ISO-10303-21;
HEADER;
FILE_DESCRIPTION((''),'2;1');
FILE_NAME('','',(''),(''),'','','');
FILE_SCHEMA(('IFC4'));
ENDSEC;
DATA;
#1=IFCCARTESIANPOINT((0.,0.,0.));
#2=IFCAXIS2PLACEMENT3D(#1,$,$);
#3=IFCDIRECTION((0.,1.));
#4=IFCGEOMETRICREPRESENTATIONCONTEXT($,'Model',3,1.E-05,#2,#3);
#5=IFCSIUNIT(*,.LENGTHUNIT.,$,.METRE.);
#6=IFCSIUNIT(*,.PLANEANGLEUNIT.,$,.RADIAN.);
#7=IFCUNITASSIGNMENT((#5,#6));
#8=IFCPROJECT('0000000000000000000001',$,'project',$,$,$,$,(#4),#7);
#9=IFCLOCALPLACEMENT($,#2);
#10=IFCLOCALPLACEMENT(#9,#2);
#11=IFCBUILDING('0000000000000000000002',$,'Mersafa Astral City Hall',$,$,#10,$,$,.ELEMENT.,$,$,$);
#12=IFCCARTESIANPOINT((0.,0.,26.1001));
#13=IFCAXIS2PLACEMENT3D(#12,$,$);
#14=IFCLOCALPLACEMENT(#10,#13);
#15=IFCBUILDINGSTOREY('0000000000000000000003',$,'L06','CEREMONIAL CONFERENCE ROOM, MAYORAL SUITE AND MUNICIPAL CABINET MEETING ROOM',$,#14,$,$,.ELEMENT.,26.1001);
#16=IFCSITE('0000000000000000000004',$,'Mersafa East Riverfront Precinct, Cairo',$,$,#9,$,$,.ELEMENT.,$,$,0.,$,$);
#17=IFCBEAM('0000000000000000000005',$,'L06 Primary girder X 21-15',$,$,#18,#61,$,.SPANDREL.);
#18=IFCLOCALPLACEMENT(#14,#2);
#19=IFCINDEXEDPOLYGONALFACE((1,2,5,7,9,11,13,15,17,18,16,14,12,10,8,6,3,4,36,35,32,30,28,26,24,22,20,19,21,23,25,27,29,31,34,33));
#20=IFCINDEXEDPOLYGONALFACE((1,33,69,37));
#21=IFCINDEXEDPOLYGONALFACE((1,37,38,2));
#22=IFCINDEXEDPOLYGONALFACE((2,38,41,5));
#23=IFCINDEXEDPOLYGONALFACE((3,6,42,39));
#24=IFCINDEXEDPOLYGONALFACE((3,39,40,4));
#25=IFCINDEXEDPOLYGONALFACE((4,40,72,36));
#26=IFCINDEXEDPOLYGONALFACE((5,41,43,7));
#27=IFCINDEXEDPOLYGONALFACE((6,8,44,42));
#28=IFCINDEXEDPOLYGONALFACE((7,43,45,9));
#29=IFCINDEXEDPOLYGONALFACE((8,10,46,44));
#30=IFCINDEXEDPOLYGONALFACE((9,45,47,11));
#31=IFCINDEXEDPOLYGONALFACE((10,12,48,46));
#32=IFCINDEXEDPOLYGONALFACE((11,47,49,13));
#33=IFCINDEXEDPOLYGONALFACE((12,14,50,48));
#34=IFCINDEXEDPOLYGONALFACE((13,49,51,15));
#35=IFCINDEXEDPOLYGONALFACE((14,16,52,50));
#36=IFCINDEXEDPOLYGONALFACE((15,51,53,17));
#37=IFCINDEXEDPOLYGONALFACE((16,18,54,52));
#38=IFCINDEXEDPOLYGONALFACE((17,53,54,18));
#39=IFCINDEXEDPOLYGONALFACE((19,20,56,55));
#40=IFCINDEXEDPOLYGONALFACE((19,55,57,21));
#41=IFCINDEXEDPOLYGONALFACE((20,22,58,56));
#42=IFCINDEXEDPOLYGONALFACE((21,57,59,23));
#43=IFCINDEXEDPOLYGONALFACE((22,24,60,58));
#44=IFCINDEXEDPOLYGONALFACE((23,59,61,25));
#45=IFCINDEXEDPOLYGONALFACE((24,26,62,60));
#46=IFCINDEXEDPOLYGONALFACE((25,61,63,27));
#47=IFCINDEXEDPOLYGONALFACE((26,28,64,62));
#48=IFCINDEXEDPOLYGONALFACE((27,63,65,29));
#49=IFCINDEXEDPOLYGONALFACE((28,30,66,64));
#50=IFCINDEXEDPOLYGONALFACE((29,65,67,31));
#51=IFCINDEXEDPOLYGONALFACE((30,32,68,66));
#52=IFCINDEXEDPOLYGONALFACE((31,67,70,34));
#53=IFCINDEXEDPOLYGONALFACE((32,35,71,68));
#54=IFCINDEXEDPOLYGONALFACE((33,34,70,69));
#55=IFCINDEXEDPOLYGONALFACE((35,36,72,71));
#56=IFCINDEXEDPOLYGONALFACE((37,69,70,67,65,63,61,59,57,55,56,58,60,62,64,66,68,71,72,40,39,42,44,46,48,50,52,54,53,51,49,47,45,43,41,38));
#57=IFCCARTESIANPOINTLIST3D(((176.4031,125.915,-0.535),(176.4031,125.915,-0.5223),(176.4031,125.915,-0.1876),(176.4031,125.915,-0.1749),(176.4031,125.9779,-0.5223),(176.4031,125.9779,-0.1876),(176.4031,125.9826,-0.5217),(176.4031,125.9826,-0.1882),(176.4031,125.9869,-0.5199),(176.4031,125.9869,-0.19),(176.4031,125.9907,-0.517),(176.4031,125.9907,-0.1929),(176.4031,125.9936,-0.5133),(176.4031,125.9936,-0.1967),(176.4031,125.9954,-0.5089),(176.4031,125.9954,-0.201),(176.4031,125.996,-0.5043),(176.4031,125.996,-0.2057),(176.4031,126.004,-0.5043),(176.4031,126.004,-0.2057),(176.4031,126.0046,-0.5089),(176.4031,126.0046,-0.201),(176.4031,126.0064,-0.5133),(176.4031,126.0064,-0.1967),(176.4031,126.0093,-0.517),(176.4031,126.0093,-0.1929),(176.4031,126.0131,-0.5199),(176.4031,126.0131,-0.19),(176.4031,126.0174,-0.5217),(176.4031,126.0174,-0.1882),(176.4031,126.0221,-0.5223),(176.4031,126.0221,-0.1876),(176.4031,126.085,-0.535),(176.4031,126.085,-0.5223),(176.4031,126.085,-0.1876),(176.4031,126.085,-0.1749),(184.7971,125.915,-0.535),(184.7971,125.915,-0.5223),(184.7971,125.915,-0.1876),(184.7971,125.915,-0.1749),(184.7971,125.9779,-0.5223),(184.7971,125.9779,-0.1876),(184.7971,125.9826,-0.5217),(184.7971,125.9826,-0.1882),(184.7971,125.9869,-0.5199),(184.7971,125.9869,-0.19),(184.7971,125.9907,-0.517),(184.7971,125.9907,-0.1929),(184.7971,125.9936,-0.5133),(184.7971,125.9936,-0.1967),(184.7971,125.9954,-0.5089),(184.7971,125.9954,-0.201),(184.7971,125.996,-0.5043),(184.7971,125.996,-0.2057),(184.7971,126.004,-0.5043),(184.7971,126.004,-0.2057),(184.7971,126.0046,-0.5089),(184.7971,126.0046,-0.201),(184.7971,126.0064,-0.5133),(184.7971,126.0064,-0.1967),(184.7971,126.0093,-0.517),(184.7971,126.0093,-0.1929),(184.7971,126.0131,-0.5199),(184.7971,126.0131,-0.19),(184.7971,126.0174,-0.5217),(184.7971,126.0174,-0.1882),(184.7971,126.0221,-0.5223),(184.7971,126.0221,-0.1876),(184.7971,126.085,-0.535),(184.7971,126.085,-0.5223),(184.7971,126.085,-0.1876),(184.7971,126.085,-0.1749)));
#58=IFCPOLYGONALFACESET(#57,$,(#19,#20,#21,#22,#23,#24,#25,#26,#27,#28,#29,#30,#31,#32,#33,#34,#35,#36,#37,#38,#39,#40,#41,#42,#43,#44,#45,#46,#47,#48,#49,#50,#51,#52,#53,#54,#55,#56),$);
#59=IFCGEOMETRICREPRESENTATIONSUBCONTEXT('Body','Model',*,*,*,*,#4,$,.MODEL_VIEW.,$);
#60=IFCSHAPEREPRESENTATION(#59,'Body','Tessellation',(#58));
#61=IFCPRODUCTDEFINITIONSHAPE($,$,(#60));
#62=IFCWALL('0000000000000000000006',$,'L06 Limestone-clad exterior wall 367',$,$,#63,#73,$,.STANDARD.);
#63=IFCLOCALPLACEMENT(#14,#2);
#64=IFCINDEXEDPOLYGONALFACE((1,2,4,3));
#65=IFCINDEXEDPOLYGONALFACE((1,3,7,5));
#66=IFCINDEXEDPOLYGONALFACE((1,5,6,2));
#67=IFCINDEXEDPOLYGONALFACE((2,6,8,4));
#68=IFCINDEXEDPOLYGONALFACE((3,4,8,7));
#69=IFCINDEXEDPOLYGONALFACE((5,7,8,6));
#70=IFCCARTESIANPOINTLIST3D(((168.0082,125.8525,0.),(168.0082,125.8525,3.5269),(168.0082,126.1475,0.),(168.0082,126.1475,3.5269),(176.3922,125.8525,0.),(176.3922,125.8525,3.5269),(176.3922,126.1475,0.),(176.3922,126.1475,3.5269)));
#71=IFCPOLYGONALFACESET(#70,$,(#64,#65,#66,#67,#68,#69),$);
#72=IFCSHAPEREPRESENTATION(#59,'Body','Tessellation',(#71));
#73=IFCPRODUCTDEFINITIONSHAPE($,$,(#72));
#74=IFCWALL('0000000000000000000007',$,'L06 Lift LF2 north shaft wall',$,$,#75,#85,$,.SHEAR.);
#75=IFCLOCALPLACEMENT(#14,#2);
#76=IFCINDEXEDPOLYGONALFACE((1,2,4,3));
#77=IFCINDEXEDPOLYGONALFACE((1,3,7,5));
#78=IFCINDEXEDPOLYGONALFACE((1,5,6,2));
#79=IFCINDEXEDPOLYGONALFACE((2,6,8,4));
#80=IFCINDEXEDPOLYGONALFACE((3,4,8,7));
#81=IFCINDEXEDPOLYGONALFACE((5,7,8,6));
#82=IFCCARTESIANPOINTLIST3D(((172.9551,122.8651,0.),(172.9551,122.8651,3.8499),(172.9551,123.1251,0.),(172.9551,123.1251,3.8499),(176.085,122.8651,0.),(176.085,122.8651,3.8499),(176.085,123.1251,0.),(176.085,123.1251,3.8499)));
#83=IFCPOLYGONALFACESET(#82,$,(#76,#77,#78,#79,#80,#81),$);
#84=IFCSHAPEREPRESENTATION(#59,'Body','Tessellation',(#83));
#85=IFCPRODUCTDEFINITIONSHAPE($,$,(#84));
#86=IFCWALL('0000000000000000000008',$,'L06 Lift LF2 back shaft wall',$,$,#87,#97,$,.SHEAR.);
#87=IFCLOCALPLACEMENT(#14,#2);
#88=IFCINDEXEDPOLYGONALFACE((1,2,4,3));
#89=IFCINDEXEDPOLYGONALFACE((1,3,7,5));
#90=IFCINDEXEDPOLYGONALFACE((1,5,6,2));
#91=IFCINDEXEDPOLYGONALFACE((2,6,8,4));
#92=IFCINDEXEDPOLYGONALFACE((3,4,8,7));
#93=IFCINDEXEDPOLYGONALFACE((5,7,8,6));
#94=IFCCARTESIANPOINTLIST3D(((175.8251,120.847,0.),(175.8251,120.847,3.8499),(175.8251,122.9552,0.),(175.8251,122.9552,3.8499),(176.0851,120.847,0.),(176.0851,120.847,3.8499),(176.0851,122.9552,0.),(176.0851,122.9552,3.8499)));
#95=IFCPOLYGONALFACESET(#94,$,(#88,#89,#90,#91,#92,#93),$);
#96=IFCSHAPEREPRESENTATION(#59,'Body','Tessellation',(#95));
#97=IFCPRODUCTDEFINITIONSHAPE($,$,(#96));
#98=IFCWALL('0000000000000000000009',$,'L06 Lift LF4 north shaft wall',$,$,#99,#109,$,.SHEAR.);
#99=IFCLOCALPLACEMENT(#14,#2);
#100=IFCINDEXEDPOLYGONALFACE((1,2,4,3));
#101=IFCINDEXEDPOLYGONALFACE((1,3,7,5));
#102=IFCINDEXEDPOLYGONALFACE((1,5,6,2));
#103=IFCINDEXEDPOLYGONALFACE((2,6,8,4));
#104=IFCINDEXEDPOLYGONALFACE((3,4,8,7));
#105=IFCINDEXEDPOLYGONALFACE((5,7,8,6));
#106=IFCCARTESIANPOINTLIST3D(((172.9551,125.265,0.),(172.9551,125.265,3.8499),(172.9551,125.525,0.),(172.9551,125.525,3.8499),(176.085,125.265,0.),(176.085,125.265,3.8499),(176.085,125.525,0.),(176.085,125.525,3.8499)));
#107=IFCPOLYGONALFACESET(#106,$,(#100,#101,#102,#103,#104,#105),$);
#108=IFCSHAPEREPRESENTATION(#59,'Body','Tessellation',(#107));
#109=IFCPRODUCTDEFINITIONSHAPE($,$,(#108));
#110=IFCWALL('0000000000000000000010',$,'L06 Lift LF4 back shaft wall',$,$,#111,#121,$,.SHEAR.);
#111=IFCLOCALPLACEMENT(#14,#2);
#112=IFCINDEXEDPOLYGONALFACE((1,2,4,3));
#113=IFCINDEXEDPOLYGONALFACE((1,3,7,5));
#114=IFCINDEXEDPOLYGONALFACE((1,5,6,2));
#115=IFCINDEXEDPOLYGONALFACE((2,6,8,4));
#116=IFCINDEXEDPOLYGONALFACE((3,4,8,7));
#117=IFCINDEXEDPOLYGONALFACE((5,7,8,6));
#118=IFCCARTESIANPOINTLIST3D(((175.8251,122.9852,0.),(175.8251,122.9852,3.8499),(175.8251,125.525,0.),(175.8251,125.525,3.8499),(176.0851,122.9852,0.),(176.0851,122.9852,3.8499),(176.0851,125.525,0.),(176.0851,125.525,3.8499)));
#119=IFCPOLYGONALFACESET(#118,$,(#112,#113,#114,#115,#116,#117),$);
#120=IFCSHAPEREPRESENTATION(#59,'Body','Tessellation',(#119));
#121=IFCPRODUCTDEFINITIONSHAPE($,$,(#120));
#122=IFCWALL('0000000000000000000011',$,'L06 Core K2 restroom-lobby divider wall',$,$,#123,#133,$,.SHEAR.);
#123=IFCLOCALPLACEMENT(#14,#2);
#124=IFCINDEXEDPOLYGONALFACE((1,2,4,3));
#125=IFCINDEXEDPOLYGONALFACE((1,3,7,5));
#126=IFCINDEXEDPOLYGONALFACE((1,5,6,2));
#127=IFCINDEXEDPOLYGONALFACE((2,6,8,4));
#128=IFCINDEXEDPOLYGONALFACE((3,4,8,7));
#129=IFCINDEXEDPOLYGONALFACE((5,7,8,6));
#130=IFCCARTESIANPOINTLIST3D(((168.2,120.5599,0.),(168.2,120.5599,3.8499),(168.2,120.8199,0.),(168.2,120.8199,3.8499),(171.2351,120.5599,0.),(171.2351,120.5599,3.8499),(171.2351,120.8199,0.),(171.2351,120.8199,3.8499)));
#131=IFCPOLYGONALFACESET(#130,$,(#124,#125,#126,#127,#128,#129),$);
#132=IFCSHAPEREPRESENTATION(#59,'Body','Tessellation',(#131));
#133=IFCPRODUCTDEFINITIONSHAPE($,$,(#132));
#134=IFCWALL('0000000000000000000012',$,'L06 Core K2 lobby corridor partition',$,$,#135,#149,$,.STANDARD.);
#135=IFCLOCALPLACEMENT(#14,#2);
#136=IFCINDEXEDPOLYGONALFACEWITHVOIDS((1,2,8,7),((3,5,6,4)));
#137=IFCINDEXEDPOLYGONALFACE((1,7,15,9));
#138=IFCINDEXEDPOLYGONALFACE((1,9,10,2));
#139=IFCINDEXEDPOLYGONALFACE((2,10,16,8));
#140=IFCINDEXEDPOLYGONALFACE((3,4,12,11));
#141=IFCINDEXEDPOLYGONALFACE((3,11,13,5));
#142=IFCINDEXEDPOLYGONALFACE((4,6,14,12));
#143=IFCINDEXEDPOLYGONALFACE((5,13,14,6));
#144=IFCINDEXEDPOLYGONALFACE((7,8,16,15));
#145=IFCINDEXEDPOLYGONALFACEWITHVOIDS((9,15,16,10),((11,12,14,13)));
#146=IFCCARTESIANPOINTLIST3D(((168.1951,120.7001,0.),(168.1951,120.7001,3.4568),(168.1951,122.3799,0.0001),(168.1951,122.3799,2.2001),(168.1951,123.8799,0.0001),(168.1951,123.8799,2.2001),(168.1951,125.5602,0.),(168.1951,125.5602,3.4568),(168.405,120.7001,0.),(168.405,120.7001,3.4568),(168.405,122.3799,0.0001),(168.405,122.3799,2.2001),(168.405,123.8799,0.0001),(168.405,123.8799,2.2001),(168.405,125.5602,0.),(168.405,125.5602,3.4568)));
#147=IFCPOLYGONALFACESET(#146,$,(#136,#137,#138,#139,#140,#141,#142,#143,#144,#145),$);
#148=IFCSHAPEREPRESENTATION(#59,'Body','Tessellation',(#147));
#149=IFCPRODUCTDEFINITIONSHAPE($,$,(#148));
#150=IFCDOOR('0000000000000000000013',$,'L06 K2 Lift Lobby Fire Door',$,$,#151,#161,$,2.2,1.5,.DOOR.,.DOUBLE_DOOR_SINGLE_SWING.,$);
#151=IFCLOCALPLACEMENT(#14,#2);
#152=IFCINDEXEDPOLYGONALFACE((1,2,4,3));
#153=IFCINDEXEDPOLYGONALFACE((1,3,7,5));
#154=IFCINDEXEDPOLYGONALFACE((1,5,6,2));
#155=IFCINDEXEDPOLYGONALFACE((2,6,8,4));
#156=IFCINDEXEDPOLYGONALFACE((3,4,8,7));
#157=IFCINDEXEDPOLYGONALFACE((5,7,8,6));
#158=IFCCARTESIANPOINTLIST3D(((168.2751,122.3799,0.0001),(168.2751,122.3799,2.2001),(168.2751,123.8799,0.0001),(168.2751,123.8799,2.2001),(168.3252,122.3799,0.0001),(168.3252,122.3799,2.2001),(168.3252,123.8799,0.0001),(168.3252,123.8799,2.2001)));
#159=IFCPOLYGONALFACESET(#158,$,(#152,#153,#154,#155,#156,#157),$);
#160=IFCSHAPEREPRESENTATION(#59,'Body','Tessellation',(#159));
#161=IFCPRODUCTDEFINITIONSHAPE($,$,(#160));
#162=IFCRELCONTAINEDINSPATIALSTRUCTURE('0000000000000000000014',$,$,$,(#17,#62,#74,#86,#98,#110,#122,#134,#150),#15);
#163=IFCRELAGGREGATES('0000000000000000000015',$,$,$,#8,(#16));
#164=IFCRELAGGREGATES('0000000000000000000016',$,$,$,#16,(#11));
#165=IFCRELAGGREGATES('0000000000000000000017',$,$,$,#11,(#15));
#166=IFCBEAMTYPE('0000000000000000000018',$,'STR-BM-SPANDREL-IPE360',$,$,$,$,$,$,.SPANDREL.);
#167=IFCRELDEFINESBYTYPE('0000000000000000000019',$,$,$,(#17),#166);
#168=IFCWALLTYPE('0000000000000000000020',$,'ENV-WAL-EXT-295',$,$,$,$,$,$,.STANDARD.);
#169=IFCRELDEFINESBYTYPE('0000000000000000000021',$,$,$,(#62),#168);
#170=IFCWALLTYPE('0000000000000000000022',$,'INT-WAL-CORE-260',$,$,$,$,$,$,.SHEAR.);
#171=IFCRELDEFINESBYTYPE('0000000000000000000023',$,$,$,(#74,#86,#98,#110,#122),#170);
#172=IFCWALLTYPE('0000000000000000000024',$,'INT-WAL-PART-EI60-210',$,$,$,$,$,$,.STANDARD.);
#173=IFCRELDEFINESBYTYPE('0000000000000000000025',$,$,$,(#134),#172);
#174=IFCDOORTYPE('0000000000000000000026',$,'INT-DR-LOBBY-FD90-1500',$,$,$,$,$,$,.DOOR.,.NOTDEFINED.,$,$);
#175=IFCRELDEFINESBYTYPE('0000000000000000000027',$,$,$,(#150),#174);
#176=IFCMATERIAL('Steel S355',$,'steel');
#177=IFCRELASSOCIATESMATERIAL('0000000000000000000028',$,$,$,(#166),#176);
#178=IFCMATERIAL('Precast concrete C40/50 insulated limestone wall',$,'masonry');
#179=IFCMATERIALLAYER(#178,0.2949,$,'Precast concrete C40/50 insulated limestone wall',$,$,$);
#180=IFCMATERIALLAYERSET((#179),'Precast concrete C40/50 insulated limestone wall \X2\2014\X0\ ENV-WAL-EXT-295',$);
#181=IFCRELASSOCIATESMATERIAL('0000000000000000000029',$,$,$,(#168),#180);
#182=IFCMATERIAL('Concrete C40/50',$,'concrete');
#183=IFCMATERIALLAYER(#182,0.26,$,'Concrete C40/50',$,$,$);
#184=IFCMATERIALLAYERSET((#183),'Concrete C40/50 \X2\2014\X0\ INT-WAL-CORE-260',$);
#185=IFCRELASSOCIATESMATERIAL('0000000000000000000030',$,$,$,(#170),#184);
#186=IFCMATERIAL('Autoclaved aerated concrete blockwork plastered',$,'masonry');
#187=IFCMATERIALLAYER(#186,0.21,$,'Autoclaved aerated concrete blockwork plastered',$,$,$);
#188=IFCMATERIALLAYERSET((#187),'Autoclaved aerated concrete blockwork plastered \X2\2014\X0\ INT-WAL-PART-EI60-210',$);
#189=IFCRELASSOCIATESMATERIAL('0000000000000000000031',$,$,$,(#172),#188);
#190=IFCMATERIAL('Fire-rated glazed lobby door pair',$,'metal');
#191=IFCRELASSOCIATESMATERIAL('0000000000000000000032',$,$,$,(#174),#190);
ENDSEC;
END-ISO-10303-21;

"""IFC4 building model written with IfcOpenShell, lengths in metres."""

from ifc_helpers import new_model, si_unit, direction, frame, frame_2d, origin, origin_2d, place, context, subcontext, project, spatial, rectangle, i_section, extrude, material, layer, layer_set, material_profile, profile_set, type_object, element, fill, save


model = new_model("IFC4")

# Units and contexts
model_context = context("Model", 3, precision=1e-05, world=origin(), true_north=direction((0.0, 1.0)))
body_context = subcontext(model_context, "Body", "Model", "MODEL_VIEW")
ifc_project = project(units=[si_unit("LENGTHUNIT", "METRE"), si_unit("PLANEANGLEUNIT", "RADIAN")], contexts=[model_context])

# Site, building, storey
site_placement = place(None, origin())
site = spatial("IfcSite", under=ifc_project, at=site_placement, Name="Mersafa East Riverfront Precinct, Cairo", CompositionType="ELEMENT", RefElevation=0.0)
building_placement = place(site_placement, origin())
building = spatial("IfcBuilding", under=site, at=building_placement, Name="Mersafa Astral City Hall", CompositionType="ELEMENT")
storey_placement = place(building_placement, frame((0.0, 0.0, 26.1001)))
storey = spatial("IfcBuildingStorey", under=building, at=storey_placement, Name="L06", Description="CEREMONIAL CONFERENCE ROOM, MAYORAL SUITE AND MUNICIPAL CABINET MEETING ROOM", CompositionType="ELEMENT", Elevation=26.1001)

# Shared definitions
ifc_material_1 = material(Name="Steel S355", Category="steel")

# Beam
ifc_material_profile_1 = material_profile(ifc_material_1, i_section(OverallWidth=0.1699, OverallDepth=0.3601, WebThickness=0.0081, FlangeThickness=0.0127, FilletRadius=0.0181, at=origin_2d()), Name="IPE 360")
ifc_profile_set_1 = profile_set([ifc_material_profile_1], Name="Steel S355")
beam_type_1 = type_object("IfcBeamType", Name="STR-BM-SPANDREL-IPE360", PredefinedType="SPANDREL", material=ifc_profile_set_1)
beam_1_placement = place(storey_placement, frame((176.4031, 126.0, -0.355), z_axis=(1.0, 0.0, 0.0), x_axis=(0.0, 1.0, 0.0)))
element("IfcBeam", 1, at=beam_1_placement, inside=storey, type_object=beam_type_1, Name="L06 Primary girder X 21-15", PredefinedType="SPANDREL", context=body_context, shape_type="SweptSolid", body=[
    extrude(i_section(OverallWidth=0.1699, OverallDepth=0.3601, WebThickness=0.0081, FlangeThickness=0.0127, FilletRadius=0.0181, at=origin_2d()), origin(), (0.0, 0.0, 1.0), 8.394),
])

# Walls
ifc_material_2 = material(Name="Precast concrete C40/50 insulated limestone wall", Category="masonry")
ifc_layer_1 = layer(ifc_material_2, 0.2949, Name="Precast concrete C40/50 insulated limestone wall")
ifc_layer_set_1 = layer_set([ifc_layer_1], Name="Precast concrete C40/50 insulated limestone wall — ENV-WAL-EXT-295")
wall_type_1 = type_object("IfcWallType", Name="ENV-WAL-EXT-295", PredefinedType="STANDARD", material=ifc_layer_set_1)
wall_1_placement = place(storey_placement, frame((176.3921, 126.0, 0.0), z_axis=(0.0, 0.0, 1.0), x_axis=(-1.0, 0.0, 0.0)))
element("IfcWall", 2, at=wall_1_placement, inside=storey, type_object=wall_type_1, Name="L06 Limestone-clad exterior wall 367", PredefinedType="STANDARD", context=body_context, shape_type="SweptSolid", body=[
    extrude(rectangle(XDim=8.384, YDim=0.2949, at=frame_2d((4.1919, 0.0))), origin(), (0.0, 0.0, 1.0), 3.5269),
])
ifc_material_3 = material(Name="Concrete C40/50", Category="concrete")
ifc_layer_2 = layer(ifc_material_3, 0.26, Name="Concrete C40/50")
ifc_layer_set_2 = layer_set([ifc_layer_2], Name="Concrete C40/50 — INT-WAL-CORE-260")
wall_type_2 = type_object("IfcWallType", Name="INT-WAL-CORE-260", PredefinedType="SHEAR", material=ifc_layer_set_2)
wall_2_placement = place(storey_placement, frame((172.9551, 122.9951, 0.0), z_axis=(0.0, 0.0, 1.0), x_axis=(1.0, 0.0, 0.0)))
element("IfcWall", 3, at=wall_2_placement, inside=storey, type_object=wall_type_2, Name="L06 Lift LF2 north shaft wall", PredefinedType="SHEAR", context=body_context, shape_type="SweptSolid", body=[
    extrude(rectangle(XDim=3.1299, YDim=0.26, at=frame_2d((1.5649, 0.0))), origin(), (0.0, 0.0, 1.0), 3.8499),
])
wall_3_placement = place(storey_placement, frame((175.9551, 120.8469, 0.0), z_axis=(0.0, 0.0, 1.0), x_axis=(0.0, 1.0, 0.0)))
element("IfcWall", 4, at=wall_3_placement, inside=storey, type_object=wall_type_2, Name="L06 Lift LF2 back shaft wall", PredefinedType="SHEAR", context=body_context, shape_type="SweptSolid", body=[
    extrude(rectangle(XDim=2.1082, YDim=0.26, at=frame_2d((1.0542, 0.0))), origin(), (0.0, 0.0, 1.0), 3.8499),
])

# Walls
wall_4_placement = place(storey_placement, frame((172.9551, 125.395, 0.0), z_axis=(0.0, 0.0, 1.0), x_axis=(1.0, 0.0, 0.0)))
element("IfcWall", 5, at=wall_4_placement, inside=storey, type_object=wall_type_2, Name="L06 Lift LF4 north shaft wall", PredefinedType="SHEAR", context=body_context, shape_type="SweptSolid", body=[
    extrude(rectangle(XDim=3.1299, YDim=0.26, at=frame_2d((1.5649, 0.0))), origin(), (0.0, 0.0, 1.0), 3.8499),
])
wall_5_placement = place(storey_placement, frame((175.9551, 122.9851, 0.0), z_axis=(0.0, 0.0, 1.0), x_axis=(0.0, 1.0, 0.0)))
element("IfcWall", 6, at=wall_5_placement, inside=storey, type_object=wall_type_2, Name="L06 Lift LF4 back shaft wall", PredefinedType="SHEAR", context=body_context, shape_type="SweptSolid", body=[
    extrude(rectangle(XDim=2.5398, YDim=0.26, at=frame_2d((1.27, 0.0))), origin(), (0.0, 0.0, 1.0), 3.8499),
])

# Wall
wall_6_placement = place(storey_placement, frame((168.2, 120.6899, 0.0), z_axis=(0.0, 0.0, 1.0), x_axis=(1.0, 0.0, 0.0)))
element("IfcWall", 7, at=wall_6_placement, inside=storey, type_object=wall_type_2, Name="L06 Core K2 restroom-lobby divider wall", PredefinedType="SHEAR", context=body_context, shape_type="SweptSolid", body=[
    extrude(rectangle(XDim=3.0352, YDim=0.26, at=frame_2d((1.5176, 0.0))), origin(), (0.0, 0.0, 1.0), 3.8499),
])

# Wall, opening, door
ifc_material_4 = material(Name="Autoclaved aerated concrete blockwork plastered", Category="masonry")
ifc_layer_3 = layer(ifc_material_4, 0.21, Name="Autoclaved aerated concrete blockwork plastered")
ifc_layer_set_3 = layer_set([ifc_layer_3], Name="Autoclaved aerated concrete blockwork plastered — INT-WAL-PART-EI60-210")
wall_type_3 = type_object("IfcWallType", Name="INT-WAL-PART-EI60-210", PredefinedType="STANDARD", material=ifc_layer_set_3)
wall_7_placement = place(storey_placement, frame((168.3, 120.7, 0.0), z_axis=(0.0, 0.0, 1.0), x_axis=(0.0, 1.0, 0.0)))
wall_7 = element("IfcWall", 8, at=wall_7_placement, inside=storey, type_object=wall_type_3, Name="L06 Core K2 lobby corridor partition", PredefinedType="STANDARD", context=body_context, shape_type="SweptSolid", body=[
    extrude(rectangle(XDim=4.8601, YDim=0.21, at=frame_2d((2.4302, 0.0))), origin(), (0.0, 0.0, 1.0), 3.4568),
])
opening_1_placement = place(wall_7_placement, frame((1.6799, 0.0, 0.0)))
opening_1 = element("IfcOpeningElement", 9, at=opening_1_placement, cuts=wall_7, PredefinedType="OPENING", context=body_context, shape_type="SweptSolid", body=[
    extrude(rectangle(XDim=1.5, YDim=2.2, at=frame_2d((0.75, 1.1001))), frame((0.0, 0.115, 0.0), z_axis=(0.0, -1.0, 0.0), x_axis=(1.0, 0.0, 0.0)), (0.0, 0.0, 1.0), 0.23),
])
ifc_material_5 = material(Name="Fire-rated glazed lobby door pair", Category="metal")
door_type_1 = type_object("IfcDoorType", Name="INT-DR-LOBBY-FD90-1500", OperationType="NOTDEFINED", PredefinedType="DOOR", material=ifc_material_5)
door_1_placement = place(opening_1_placement, origin())
door_1 = element("IfcDoor", 10, at=door_1_placement, inside=storey, type_object=door_type_1, Name="L06 K2 Lift Lobby Fire Door", OperationType="DOUBLE_DOOR_SINGLE_SWING", OverallHeight=2.2, OverallWidth=1.5, PredefinedType="DOOR", context=body_context, shape_type="SweptSolid", body=[
    extrude(rectangle(XDim=1.5, YDim=2.2, at=frame_2d((0.75, 1.1001))), frame((0.0, 0.0249, 0.0), z_axis=(0.0, -1.0, 0.0), x_axis=(1.0, 0.0, 0.0)), (0.0, 0.0, 1.0), 0.05),
])
fill(opening_1, door_1)

save(model, "model.ifc")
